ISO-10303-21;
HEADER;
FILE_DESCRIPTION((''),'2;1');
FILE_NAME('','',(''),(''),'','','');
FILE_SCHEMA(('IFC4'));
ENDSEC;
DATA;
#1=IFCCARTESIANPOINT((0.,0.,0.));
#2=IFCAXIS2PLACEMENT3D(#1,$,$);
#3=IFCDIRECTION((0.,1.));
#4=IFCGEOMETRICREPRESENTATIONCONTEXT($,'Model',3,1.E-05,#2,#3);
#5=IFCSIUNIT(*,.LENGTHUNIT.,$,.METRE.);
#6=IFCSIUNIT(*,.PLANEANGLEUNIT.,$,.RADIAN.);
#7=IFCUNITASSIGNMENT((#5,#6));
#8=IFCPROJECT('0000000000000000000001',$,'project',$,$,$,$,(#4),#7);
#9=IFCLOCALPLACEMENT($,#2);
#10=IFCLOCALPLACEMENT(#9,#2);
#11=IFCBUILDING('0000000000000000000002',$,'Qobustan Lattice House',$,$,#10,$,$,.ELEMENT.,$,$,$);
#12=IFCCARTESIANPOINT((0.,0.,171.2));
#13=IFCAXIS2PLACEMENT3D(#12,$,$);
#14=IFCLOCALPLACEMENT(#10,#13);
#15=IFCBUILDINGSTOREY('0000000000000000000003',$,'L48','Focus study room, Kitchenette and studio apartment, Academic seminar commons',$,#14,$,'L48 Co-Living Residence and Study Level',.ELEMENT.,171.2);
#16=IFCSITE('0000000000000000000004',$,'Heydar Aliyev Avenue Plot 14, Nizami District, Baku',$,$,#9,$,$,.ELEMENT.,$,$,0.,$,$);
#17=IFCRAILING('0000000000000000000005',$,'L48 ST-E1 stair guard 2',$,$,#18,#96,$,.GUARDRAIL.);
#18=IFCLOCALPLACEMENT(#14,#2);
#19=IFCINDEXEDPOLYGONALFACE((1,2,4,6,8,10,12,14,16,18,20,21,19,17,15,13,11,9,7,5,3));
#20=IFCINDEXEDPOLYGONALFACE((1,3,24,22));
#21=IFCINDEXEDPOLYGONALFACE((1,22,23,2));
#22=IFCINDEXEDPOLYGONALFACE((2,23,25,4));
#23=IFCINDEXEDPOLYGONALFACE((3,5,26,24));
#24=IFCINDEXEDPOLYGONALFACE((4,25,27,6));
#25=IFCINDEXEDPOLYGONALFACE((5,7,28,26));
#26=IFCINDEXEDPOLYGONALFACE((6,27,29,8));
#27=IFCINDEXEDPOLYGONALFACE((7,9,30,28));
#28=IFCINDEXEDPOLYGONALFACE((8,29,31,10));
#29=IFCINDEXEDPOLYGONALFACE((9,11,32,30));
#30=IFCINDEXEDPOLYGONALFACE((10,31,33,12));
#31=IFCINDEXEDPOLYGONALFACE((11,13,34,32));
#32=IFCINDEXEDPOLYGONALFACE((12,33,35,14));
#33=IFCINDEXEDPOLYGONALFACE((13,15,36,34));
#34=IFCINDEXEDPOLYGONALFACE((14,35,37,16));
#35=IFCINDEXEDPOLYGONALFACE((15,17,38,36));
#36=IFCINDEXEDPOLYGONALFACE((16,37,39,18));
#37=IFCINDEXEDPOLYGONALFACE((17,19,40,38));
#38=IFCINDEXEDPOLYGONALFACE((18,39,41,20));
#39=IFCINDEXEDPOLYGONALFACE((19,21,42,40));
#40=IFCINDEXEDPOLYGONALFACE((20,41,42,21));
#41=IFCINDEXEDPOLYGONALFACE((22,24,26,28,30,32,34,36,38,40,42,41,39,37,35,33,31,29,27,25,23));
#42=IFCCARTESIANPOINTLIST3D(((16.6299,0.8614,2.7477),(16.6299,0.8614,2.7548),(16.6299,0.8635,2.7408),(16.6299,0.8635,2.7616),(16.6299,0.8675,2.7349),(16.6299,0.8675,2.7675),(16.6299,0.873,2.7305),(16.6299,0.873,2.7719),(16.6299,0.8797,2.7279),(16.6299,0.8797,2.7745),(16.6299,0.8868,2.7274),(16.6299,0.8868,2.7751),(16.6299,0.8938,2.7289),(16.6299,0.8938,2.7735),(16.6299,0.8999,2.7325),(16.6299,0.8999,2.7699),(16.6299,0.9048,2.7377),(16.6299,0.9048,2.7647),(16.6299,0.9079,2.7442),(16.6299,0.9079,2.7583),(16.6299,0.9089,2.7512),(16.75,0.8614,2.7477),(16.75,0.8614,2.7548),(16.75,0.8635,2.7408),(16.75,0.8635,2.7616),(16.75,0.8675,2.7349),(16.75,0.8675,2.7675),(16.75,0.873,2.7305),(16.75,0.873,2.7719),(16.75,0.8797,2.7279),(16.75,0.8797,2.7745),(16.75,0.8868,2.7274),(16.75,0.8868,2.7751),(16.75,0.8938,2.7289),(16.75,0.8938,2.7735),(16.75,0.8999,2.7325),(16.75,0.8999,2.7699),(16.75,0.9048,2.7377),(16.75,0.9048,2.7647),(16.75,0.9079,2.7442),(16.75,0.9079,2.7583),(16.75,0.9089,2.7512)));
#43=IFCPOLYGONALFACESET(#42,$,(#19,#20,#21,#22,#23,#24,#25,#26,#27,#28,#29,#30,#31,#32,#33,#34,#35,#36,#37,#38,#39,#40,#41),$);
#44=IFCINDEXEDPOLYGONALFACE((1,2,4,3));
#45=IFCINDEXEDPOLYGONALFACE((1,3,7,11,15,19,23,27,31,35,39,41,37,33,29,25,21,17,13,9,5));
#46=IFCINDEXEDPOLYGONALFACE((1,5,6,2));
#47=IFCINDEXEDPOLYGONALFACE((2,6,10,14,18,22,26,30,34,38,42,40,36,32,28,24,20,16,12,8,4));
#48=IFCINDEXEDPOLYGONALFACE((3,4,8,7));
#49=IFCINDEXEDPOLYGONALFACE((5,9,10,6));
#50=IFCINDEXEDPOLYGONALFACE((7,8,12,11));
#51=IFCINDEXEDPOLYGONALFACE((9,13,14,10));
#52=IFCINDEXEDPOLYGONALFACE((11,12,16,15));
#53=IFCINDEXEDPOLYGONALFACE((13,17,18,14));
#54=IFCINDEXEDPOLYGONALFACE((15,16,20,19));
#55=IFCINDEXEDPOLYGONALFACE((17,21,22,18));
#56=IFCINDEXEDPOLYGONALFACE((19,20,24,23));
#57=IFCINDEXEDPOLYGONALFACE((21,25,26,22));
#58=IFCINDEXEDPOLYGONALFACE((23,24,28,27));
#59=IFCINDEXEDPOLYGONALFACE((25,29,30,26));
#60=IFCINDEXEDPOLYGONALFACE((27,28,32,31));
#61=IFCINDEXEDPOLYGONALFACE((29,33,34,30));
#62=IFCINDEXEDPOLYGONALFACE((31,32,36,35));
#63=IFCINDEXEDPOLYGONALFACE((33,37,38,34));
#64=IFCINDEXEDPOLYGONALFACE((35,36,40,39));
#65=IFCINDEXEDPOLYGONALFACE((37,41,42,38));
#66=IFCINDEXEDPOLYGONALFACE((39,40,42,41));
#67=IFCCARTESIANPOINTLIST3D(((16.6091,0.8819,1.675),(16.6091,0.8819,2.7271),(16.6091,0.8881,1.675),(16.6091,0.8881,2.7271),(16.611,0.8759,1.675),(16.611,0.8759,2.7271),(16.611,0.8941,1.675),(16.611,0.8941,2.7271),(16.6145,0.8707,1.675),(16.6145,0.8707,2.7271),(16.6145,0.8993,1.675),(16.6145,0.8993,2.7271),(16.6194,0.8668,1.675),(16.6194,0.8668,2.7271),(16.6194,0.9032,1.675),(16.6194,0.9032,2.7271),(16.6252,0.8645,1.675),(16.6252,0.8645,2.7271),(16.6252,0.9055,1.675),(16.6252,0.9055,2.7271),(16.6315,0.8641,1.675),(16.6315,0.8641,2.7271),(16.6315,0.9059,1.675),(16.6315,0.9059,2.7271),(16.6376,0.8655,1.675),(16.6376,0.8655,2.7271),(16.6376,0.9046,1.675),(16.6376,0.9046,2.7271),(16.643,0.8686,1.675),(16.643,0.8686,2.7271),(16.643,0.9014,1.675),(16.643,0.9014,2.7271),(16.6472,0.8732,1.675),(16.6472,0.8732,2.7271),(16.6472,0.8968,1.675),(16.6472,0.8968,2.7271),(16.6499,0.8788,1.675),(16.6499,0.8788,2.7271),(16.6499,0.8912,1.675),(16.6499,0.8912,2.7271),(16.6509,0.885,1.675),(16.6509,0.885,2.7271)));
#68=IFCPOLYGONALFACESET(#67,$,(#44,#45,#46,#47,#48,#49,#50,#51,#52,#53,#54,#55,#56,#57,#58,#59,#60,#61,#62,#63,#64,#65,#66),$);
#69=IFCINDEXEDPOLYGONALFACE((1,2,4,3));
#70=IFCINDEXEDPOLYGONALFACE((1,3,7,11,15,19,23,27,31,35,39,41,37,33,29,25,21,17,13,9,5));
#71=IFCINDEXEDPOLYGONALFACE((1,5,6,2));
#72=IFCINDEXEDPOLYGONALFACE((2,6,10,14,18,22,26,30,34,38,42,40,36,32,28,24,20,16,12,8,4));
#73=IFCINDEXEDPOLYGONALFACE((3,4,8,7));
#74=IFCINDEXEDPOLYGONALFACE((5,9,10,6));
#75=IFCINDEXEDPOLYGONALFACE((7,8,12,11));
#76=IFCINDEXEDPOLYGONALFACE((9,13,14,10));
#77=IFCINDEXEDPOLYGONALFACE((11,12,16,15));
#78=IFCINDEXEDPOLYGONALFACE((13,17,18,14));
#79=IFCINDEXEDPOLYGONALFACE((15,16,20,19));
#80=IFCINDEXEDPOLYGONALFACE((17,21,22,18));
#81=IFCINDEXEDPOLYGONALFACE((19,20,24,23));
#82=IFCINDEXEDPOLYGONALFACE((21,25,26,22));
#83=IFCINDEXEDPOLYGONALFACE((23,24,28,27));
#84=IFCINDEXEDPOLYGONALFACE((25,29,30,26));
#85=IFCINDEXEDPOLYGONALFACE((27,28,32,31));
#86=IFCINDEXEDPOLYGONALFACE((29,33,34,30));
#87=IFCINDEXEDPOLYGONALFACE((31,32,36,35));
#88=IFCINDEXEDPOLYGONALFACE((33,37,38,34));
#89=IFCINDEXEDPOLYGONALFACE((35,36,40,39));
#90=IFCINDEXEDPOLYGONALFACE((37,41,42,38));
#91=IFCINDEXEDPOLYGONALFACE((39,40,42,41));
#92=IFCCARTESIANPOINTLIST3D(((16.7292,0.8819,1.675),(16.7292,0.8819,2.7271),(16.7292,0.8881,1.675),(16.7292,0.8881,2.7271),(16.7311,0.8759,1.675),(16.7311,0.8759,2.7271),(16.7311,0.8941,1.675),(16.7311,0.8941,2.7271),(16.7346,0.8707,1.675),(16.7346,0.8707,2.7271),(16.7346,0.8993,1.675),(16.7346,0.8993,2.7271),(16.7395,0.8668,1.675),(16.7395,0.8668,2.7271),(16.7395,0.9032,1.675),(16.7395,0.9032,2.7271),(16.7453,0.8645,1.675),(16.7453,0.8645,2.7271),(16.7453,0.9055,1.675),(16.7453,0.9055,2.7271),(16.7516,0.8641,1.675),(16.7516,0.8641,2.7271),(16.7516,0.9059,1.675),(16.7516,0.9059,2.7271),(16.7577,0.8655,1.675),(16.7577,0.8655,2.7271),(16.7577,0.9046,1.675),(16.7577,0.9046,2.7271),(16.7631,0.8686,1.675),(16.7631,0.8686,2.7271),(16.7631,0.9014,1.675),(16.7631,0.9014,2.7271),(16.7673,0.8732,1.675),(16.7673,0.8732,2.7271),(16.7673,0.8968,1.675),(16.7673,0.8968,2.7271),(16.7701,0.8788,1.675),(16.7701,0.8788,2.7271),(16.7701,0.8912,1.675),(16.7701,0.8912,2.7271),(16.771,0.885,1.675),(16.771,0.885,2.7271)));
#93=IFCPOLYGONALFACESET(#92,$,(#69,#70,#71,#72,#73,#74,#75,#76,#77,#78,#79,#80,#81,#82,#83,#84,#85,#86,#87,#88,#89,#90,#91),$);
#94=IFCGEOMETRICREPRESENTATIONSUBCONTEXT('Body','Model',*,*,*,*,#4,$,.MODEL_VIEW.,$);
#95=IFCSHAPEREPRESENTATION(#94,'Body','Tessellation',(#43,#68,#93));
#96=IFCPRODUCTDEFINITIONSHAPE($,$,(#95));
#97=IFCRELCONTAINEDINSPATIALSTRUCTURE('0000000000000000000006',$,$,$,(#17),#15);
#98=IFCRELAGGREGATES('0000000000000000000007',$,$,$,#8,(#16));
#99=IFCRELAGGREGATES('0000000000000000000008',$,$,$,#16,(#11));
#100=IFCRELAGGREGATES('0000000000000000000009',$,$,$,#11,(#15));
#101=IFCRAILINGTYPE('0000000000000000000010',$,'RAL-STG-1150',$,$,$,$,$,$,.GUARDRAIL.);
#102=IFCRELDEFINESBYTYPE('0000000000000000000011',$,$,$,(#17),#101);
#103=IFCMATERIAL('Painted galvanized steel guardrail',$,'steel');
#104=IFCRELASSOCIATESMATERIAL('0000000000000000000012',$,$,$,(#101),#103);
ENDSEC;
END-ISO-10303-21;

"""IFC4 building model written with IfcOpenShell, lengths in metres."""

from ifc_helpers import new_model, si_unit, direction, frame, origin, origin_2d, place, context, subcontext, project, spatial, circle, extrude, material, type_object, element, save


model = new_model("IFC4")

# Units and contexts
model_context = context("Model", 3, precision=1e-05, world=origin(), true_north=direction((0.0, 1.0)))
body_context = subcontext(model_context, "Body", "Model", "MODEL_VIEW")
ifc_project = project(units=[si_unit("LENGTHUNIT", "METRE"), si_unit("PLANEANGLEUNIT", "RADIAN")], contexts=[model_context])

# Site, building, storey
site_placement = place(None, origin())
site = spatial("IfcSite", under=ifc_project, at=site_placement, Name="Heydar Aliyev Avenue Plot 14, Nizami District, Baku", CompositionType="ELEMENT", RefElevation=0.0)
building_placement = place(site_placement, origin())
building = spatial("IfcBuilding", under=site, at=building_placement, Name="Qobustan Lattice House", CompositionType="ELEMENT")
storey_placement = place(building_placement, frame((0.0, 0.0, 171.2)))
storey = spatial("IfcBuildingStorey", under=building, at=storey_placement, Name="L48", Description="Focus study room, Kitchenette and studio apartment, Academic seminar commons", LongName="L48 Co-Living Residence and Study Level", CompositionType="ELEMENT", Elevation=171.2)

# Railing
ifc_material_1 = material(Name="Painted galvanized steel guardrail", Category="steel")
railing_type_1 = type_object("IfcRailingType", Name="RAL-STG-1150", PredefinedType="GUARDRAIL", material=ifc_material_1)
railing_1_placement = place(storey_placement, frame((16.6299, 0.885, 1.675)))
element("IfcRailing", 1, at=railing_1_placement, inside=storey, type_object=railing_type_1, Name="L48 ST-E1 stair guard 2", PredefinedType="GUARDRAIL", context=body_context, shape_type="SweptSolid", body=[
    extrude(circle(Radius=0.0239, at=origin_2d()), frame((0.0, 0.0, 1.0762), z_axis=(1.0, 0.0, 0.0), x_axis=(0.0, 1.0, 0.0)), (0.0, 0.0, 1.0), 0.1201),
    extrude(circle(Radius=0.021, at=origin_2d()), origin(), (0.0, 0.0, 1.0), 1.052),
    extrude(circle(Radius=0.021, at=origin_2d()), frame((0.1201, 0.0, 0.0)), (0.0, 0.0, 1.0), 1.052),
])

save(model, "model.ifc")
